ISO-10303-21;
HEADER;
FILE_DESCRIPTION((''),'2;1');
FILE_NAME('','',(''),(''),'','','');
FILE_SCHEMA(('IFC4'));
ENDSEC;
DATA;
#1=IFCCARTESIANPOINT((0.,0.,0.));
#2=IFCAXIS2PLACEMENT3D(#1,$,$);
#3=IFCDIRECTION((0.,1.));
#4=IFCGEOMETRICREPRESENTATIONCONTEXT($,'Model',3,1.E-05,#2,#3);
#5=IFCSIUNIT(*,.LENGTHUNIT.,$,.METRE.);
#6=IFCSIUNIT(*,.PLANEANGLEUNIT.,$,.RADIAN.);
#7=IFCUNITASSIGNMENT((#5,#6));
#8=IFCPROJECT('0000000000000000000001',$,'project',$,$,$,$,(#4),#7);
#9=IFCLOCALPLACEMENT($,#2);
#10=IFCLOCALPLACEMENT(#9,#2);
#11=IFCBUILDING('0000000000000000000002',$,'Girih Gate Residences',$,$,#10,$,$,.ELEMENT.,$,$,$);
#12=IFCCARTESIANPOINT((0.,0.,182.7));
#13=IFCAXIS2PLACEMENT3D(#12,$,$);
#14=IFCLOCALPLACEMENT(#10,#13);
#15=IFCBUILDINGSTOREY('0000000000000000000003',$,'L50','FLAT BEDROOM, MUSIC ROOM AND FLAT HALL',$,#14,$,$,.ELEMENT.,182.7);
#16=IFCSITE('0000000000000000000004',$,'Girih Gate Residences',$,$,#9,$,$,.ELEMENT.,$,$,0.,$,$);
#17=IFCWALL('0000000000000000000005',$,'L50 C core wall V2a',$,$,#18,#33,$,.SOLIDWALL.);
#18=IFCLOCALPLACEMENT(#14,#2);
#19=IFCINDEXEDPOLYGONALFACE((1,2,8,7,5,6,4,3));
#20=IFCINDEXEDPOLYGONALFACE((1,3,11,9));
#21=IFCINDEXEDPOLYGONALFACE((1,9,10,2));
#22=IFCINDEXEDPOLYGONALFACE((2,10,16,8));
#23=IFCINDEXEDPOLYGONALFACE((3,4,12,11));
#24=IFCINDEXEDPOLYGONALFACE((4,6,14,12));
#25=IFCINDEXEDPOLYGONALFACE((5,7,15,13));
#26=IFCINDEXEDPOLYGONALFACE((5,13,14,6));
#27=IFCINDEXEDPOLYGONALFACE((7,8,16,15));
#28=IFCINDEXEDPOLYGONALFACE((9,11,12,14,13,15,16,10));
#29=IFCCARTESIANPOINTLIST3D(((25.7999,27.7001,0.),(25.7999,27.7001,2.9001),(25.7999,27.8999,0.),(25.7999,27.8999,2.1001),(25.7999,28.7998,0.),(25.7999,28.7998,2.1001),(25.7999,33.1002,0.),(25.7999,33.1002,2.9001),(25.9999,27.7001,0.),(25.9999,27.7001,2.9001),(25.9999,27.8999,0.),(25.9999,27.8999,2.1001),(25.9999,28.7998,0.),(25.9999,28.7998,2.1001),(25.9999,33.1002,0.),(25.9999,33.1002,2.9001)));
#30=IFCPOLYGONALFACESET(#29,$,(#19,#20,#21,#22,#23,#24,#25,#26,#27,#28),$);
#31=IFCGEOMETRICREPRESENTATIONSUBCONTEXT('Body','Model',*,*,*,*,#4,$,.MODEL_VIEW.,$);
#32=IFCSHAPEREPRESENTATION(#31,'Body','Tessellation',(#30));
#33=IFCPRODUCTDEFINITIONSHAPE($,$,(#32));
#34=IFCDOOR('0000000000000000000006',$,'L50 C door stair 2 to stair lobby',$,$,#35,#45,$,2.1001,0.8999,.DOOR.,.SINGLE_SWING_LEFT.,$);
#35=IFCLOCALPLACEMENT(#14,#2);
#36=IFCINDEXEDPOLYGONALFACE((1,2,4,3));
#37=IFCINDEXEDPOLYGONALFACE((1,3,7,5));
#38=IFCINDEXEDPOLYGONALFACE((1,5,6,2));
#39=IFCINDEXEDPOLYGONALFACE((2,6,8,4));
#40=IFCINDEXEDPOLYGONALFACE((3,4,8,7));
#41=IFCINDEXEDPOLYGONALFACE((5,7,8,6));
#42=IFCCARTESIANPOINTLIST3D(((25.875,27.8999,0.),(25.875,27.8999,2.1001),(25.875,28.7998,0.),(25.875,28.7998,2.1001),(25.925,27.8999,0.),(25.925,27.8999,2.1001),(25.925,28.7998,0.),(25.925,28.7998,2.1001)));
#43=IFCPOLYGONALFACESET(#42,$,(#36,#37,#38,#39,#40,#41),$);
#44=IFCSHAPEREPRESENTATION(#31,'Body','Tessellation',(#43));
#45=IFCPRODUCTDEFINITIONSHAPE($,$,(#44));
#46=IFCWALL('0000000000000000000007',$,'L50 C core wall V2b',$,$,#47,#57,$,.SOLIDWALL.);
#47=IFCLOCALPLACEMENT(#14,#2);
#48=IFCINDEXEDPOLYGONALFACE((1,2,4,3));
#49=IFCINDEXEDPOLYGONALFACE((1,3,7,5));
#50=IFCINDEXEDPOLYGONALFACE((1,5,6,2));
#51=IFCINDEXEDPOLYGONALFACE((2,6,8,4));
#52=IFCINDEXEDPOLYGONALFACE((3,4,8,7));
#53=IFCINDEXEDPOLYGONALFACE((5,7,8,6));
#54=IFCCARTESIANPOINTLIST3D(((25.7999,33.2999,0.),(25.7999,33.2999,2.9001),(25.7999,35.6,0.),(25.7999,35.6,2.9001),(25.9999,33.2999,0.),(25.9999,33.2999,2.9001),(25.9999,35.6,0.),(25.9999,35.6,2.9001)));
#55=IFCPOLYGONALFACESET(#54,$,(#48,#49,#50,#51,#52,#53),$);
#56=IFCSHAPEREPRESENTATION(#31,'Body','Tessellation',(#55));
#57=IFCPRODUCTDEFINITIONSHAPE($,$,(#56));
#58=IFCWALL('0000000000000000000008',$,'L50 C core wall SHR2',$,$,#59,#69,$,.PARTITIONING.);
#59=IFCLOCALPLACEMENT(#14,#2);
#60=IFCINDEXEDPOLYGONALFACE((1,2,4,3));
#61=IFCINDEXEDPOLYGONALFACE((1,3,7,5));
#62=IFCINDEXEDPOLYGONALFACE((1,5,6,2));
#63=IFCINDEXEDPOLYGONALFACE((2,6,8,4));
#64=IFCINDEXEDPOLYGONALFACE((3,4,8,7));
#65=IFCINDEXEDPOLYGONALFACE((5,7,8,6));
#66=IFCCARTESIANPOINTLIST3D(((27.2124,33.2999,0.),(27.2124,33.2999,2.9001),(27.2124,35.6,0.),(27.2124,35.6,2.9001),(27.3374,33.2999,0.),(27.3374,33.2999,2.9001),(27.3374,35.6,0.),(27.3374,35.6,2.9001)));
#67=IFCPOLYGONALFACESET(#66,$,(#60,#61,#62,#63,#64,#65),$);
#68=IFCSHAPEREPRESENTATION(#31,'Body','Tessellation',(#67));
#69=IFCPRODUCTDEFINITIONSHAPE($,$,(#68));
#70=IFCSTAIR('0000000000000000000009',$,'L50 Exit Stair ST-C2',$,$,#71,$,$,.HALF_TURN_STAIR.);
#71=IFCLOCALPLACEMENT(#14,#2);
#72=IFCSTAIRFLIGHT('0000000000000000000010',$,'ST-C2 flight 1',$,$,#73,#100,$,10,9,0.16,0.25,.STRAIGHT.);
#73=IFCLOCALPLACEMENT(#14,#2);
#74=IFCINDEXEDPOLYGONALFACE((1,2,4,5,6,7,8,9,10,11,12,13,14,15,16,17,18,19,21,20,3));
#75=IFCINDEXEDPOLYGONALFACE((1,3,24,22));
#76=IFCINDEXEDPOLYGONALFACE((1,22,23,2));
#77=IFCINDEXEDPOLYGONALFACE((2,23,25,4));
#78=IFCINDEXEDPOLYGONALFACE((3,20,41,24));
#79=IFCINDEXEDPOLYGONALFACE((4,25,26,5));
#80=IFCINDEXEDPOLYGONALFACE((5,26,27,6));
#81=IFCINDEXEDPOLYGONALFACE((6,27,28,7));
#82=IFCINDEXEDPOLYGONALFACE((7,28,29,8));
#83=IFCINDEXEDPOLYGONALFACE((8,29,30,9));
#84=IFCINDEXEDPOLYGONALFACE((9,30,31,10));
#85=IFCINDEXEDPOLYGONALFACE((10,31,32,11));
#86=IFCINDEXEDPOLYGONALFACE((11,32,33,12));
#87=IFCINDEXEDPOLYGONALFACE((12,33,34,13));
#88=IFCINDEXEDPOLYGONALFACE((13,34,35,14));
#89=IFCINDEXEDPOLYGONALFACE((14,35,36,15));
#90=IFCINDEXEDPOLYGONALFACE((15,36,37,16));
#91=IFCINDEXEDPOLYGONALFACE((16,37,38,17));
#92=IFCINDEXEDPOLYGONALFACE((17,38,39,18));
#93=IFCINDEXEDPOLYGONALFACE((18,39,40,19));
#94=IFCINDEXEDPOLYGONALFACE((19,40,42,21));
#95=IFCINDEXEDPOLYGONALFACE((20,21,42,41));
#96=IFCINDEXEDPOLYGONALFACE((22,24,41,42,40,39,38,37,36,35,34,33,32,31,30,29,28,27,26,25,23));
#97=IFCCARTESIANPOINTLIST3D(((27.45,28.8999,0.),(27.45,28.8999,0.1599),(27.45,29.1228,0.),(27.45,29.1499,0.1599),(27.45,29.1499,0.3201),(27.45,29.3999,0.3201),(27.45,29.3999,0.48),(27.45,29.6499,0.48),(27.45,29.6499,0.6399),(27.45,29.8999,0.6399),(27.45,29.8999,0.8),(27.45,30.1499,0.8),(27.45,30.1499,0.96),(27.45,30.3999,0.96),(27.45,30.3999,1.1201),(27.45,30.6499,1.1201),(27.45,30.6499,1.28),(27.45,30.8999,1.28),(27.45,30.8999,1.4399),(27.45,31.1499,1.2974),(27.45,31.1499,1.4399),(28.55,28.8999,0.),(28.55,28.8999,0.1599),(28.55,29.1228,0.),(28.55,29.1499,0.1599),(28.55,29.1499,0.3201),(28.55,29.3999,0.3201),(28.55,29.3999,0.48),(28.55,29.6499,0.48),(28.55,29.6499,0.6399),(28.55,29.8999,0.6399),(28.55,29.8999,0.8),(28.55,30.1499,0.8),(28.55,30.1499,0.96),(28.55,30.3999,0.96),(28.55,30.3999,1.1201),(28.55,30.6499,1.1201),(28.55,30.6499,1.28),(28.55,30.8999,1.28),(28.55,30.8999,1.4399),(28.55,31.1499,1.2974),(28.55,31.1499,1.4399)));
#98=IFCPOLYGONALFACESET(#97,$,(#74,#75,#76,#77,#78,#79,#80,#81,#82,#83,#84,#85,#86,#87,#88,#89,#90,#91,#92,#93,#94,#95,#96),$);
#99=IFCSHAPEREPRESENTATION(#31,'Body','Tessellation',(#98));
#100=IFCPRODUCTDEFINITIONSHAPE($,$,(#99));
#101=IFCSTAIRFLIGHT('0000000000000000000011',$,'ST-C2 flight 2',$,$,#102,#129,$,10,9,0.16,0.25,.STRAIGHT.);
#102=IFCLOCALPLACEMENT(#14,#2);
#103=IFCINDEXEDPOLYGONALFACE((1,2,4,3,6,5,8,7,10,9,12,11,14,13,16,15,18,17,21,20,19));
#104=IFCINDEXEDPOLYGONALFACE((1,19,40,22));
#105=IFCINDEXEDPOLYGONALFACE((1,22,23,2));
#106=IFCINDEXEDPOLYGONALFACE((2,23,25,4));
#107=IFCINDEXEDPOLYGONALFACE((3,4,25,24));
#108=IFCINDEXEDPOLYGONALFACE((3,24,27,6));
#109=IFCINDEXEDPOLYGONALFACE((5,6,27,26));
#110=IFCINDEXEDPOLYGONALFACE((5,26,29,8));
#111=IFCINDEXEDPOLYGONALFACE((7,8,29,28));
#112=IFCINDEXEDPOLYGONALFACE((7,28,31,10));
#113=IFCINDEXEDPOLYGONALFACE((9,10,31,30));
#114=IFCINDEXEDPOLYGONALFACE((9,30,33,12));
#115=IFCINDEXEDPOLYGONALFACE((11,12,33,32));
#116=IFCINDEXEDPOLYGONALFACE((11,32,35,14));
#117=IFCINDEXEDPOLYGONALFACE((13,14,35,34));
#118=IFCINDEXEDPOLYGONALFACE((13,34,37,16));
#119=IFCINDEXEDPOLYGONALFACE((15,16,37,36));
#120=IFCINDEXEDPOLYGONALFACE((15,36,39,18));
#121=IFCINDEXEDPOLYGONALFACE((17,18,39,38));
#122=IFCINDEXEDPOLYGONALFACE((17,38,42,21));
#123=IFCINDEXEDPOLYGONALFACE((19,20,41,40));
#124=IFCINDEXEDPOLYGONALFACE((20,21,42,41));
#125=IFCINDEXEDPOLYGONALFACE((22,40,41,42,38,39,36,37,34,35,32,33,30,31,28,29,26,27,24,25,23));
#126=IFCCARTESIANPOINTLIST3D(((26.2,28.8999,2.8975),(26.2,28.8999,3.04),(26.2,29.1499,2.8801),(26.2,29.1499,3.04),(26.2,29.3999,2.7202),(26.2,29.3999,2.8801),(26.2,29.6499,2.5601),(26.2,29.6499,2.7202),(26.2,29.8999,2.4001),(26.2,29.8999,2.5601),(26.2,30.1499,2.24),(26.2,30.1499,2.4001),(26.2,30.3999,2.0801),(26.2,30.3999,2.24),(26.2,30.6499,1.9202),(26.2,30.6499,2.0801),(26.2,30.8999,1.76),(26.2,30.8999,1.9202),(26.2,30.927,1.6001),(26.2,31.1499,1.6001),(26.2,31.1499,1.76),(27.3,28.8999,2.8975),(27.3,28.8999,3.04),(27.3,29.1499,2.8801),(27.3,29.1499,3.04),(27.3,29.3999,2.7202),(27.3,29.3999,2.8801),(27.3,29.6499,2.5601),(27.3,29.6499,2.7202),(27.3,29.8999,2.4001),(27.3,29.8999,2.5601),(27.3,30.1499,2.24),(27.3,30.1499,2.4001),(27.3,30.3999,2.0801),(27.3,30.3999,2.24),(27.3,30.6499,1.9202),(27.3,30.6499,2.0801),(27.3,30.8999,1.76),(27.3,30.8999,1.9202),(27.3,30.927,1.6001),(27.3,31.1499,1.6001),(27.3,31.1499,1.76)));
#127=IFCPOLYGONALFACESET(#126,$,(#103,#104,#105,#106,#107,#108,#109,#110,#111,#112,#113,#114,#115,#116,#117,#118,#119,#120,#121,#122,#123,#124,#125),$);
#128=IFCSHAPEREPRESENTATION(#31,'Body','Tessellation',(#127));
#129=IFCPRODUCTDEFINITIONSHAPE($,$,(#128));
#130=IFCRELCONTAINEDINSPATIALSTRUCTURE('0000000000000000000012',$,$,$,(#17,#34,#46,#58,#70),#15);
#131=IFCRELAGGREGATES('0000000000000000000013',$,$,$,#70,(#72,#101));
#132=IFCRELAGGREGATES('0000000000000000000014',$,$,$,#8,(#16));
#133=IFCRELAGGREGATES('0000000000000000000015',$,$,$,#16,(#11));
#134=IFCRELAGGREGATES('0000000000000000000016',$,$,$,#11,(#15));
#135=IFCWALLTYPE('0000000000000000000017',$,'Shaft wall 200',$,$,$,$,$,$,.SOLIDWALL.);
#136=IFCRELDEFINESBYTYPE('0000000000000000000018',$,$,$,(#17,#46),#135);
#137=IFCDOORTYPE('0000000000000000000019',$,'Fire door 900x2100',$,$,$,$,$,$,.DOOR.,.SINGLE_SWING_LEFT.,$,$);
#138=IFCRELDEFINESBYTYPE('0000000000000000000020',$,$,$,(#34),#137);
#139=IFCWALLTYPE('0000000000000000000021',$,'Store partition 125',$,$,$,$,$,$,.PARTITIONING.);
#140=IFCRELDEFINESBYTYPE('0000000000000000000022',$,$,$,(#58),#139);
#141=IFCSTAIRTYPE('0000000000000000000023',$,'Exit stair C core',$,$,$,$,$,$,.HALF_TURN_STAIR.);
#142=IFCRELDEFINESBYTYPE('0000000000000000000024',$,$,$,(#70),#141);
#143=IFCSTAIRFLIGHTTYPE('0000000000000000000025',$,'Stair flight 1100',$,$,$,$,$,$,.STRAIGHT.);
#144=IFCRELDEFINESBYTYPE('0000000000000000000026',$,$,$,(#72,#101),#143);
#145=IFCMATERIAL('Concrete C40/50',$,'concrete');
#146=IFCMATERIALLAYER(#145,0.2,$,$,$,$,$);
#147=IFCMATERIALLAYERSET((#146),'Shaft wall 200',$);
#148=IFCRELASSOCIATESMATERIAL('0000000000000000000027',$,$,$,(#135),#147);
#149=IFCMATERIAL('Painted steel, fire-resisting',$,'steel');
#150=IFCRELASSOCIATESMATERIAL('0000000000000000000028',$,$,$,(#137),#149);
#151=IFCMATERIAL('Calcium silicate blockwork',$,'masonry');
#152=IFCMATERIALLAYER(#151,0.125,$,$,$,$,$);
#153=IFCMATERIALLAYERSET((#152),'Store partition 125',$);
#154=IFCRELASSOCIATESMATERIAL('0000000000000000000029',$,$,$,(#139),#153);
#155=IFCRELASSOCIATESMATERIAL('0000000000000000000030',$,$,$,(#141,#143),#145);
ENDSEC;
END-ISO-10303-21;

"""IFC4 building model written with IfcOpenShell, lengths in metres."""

from ifc_helpers import new_model, si_unit, direction, frame, frame_2d, origin, place, context, subcontext, project, spatial, polyline, rectangle, outline, extrude, material, layer, layer_set, type_object, element, fill, aggregate, save


model = new_model("IFC4")

# Units and contexts
model_context = context("Model", 3, precision=1e-05, world=origin(), true_north=direction((0.0, 1.0)))
body_context = subcontext(model_context, "Body", "Model", "MODEL_VIEW")
ifc_project = project(units=[si_unit("LENGTHUNIT", "METRE"), si_unit("PLANEANGLEUNIT", "RADIAN")], contexts=[model_context])

# Site, building, storey
site_placement = place(None, origin())
site = spatial("IfcSite", under=ifc_project, at=site_placement, Name="Girih Gate Residences", CompositionType="ELEMENT", RefElevation=0.0)
building_placement = place(site_placement, origin())
building = spatial("IfcBuilding", under=site, at=building_placement, Name="Girih Gate Residences", CompositionType="ELEMENT")
storey_placement = place(building_placement, frame((0.0, 0.0, 182.7)))
storey = spatial("IfcBuildingStorey", under=building, at=storey_placement, Name="L50", Description="FLAT BEDROOM, MUSIC ROOM AND FLAT HALL", CompositionType="ELEMENT", Elevation=182.7)

# Shared definitions
ifc_material_1 = material(Name="Concrete C40/50", Category="concrete")

# Wall, opening, door
ifc_layer_1 = layer(ifc_material_1, 0.2)
ifc_layer_set_1 = layer_set([ifc_layer_1], Name="Shaft wall 200")
wall_type_1 = type_object("IfcWallType", Name="Shaft wall 200", PredefinedType="SOLIDWALL", material=ifc_layer_set_1)
wall_1_placement = place(storey_placement, frame((25.8999, 27.7, 0.0), z_axis=(0.0, 0.0, 1.0), x_axis=(0.0, 1.0, 0.0)))
wall_1 = element("IfcWall", 1, at=wall_1_placement, inside=storey, type_object=wall_type_1, Name="L50 C core wall V2a", PredefinedType="SOLIDWALL", context=body_context, shape_type="SweptSolid", body=[
    extrude(rectangle(XDim=5.4001, YDim=0.2, at=frame_2d((2.7002, 0.0))), origin(), (0.0, 0.0, 1.0), 2.9001),
])
opening_1_placement = place(wall_1_placement, frame((0.2, 0.0, 0.0)))
opening_1 = element("IfcOpeningElement", 2, at=opening_1_placement, cuts=wall_1, PredefinedType="OPENING", context=body_context, shape_type="SweptSolid", body=[
    extrude(rectangle(XDim=0.8999, YDim=2.1001, at=frame_2d((0.45, 1.05))), frame((0.0, 0.1099, 0.0), z_axis=(0.0, -1.0, 0.0), x_axis=(1.0, 0.0, 0.0)), (0.0, 0.0, 1.0), 0.22),
])
ifc_material_2 = material(Name="Painted steel, fire-resisting", Category="steel")
door_type = type_object("IfcDoorType", Name="Fire door 900x2100", OperationType="SINGLE_SWING_LEFT", PredefinedType="DOOR", material=ifc_material_2)
door_placement = place(opening_1_placement, origin())
door = element("IfcDoor", 3, at=door_placement, inside=storey, type_object=door_type, Name="L50 C door stair 2 to stair lobby", OperationType="SINGLE_SWING_LEFT", OverallHeight=2.1001, OverallWidth=0.8999, PredefinedType="DOOR", context=body_context, shape_type="SweptSolid", body=[
    extrude(rectangle(XDim=0.8999, YDim=2.1001, at=frame_2d((0.45, 1.05))), frame((0.0, 0.0249, 0.0), z_axis=(0.0, -1.0, 0.0), x_axis=(1.0, 0.0, 0.0)), (0.0, 0.0, 1.0), 0.05),
])
fill(opening_1, door)

# Walls
wall_2_placement = place(storey_placement, frame((25.8999, 33.3, 0.0), z_axis=(0.0, 0.0, 1.0), x_axis=(0.0, 1.0, 0.0)))
element("IfcWall", 4, at=wall_2_placement, inside=storey, type_object=wall_type_1, Name="L50 C core wall V2b", PredefinedType="SOLIDWALL", context=body_context, shape_type="SweptSolid", body=[
    extrude(rectangle(XDim=2.3, YDim=0.2, at=frame_2d((1.1499, 0.0))), origin(), (0.0, 0.0, 1.0), 2.9001),
])
ifc_material_3 = material(Name="Calcium silicate blockwork", Category="masonry")
ifc_layer_2 = layer(ifc_material_3, 0.125)
ifc_layer_set_2 = layer_set([ifc_layer_2], Name="Store partition 125")
wall_type_2 = type_object("IfcWallType", Name="Store partition 125", PredefinedType="PARTITIONING", material=ifc_layer_set_2)
wall_3_placement = place(storey_placement, frame((27.2749, 33.3, 0.0), z_axis=(0.0, 0.0, 1.0), x_axis=(0.0, 1.0, 0.0)))
element("IfcWall", 5, at=wall_3_placement, inside=storey, type_object=wall_type_2, Name="L50 C core wall SHR2", PredefinedType="PARTITIONING", context=body_context, shape_type="SweptSolid", body=[
    extrude(rectangle(XDim=2.3, YDim=0.125, at=frame_2d((1.1499, 0.0))), origin(), (0.0, 0.0, 1.0), 2.9001),
])

# Stair, stair flights
stair_type = type_object("IfcStairType", Name="Exit stair C core", PredefinedType="HALF_TURN_STAIR", material=ifc_material_1)
stair_placement = place(storey_placement, origin())
stair = element("IfcStair", 6, at=stair_placement, inside=storey, type_object=stair_type, Name="L50 Exit Stair ST-C2", PredefinedType="HALF_TURN_STAIR")
stair_flight_type = type_object("IfcStairFlightType", Name="Stair flight 1100", PredefinedType="STRAIGHT", material=ifc_material_1)
stair_flight_1_placement = place(storey_placement, frame((28.0, 28.8999, 0.0), z_axis=(0.0, 0.0, 1.0), x_axis=(0.0, 1.0, 0.0)))
stair_flight_1 = element("IfcStairFlight", 7, at=stair_flight_1_placement, type_object=stair_flight_type, Name="ST-C2 flight 1", NumberOfRisers=10, NumberOfTreads=9, PredefinedType="STRAIGHT", RiserHeight=0.16, TreadLength=0.25, context=body_context, shape_type="SweptSolid", body=[
    extrude(outline(polyline([(0.0, 0.0), (0.0, 0.1599), (0.25, 0.1599), (0.25, 0.3201), (0.5, 0.3201), (0.5, 0.48), (0.75, 0.48), (0.75, 0.6399), (1.0, 0.6399), (1.0, 0.8), (1.25, 0.8), (1.25, 0.96), (1.5, 0.96), (1.5, 1.1201), (1.75, 1.1201), (1.75, 1.28), (2.0, 1.28), (2.0, 1.4399), (2.25, 1.4399), (2.25, 1.6001), (2.25, 1.2974), (0.2229, 0.0), (0.0, 0.0)])), frame((0.0, 0.55, 0.0), z_axis=(0.0, -1.0, 0.0), x_axis=(1.0, 0.0, 0.0)), (0.0, 0.0, 1.0), 1.1001),
])
stair_flight_2_placement = place(storey_placement, frame((26.75, 31.1499, 1.6001), z_axis=(0.0, 0.0, 1.0), x_axis=(0.0, -1.0, 0.0)))
stair_flight_2 = element("IfcStairFlight", 8, at=stair_flight_2_placement, type_object=stair_flight_type, Name="ST-C2 flight 2", NumberOfRisers=10, NumberOfTreads=9, PredefinedType="STRAIGHT", RiserHeight=0.16, TreadLength=0.25, context=body_context, shape_type="SweptSolid", body=[
    extrude(outline(polyline([(0.0, 0.0), (0.0, 0.1599), (0.25, 0.1599), (0.25, 0.3201), (0.5, 0.3201), (0.5, 0.48), (0.75, 0.48), (0.75, 0.6399), (1.0, 0.6399), (1.0, 0.8), (1.25, 0.8), (1.25, 0.96), (1.5, 0.96), (1.5, 1.1201), (1.75, 1.1201), (1.75, 1.28), (2.0, 1.28), (2.0, 1.4399), (2.25, 1.4399), (2.25, 1.6001), (2.25, 1.2974), (0.2229, 0.0), (0.0, 0.0)])), frame((0.0, 0.55, 0.0), z_axis=(0.0, -1.0, 0.0), x_axis=(1.0, 0.0, 0.0)), (0.0, 0.0, 1.0), 1.1001),
])
aggregate(stair, [stair_flight_1, stair_flight_2])

save(model, "model.ifc")
